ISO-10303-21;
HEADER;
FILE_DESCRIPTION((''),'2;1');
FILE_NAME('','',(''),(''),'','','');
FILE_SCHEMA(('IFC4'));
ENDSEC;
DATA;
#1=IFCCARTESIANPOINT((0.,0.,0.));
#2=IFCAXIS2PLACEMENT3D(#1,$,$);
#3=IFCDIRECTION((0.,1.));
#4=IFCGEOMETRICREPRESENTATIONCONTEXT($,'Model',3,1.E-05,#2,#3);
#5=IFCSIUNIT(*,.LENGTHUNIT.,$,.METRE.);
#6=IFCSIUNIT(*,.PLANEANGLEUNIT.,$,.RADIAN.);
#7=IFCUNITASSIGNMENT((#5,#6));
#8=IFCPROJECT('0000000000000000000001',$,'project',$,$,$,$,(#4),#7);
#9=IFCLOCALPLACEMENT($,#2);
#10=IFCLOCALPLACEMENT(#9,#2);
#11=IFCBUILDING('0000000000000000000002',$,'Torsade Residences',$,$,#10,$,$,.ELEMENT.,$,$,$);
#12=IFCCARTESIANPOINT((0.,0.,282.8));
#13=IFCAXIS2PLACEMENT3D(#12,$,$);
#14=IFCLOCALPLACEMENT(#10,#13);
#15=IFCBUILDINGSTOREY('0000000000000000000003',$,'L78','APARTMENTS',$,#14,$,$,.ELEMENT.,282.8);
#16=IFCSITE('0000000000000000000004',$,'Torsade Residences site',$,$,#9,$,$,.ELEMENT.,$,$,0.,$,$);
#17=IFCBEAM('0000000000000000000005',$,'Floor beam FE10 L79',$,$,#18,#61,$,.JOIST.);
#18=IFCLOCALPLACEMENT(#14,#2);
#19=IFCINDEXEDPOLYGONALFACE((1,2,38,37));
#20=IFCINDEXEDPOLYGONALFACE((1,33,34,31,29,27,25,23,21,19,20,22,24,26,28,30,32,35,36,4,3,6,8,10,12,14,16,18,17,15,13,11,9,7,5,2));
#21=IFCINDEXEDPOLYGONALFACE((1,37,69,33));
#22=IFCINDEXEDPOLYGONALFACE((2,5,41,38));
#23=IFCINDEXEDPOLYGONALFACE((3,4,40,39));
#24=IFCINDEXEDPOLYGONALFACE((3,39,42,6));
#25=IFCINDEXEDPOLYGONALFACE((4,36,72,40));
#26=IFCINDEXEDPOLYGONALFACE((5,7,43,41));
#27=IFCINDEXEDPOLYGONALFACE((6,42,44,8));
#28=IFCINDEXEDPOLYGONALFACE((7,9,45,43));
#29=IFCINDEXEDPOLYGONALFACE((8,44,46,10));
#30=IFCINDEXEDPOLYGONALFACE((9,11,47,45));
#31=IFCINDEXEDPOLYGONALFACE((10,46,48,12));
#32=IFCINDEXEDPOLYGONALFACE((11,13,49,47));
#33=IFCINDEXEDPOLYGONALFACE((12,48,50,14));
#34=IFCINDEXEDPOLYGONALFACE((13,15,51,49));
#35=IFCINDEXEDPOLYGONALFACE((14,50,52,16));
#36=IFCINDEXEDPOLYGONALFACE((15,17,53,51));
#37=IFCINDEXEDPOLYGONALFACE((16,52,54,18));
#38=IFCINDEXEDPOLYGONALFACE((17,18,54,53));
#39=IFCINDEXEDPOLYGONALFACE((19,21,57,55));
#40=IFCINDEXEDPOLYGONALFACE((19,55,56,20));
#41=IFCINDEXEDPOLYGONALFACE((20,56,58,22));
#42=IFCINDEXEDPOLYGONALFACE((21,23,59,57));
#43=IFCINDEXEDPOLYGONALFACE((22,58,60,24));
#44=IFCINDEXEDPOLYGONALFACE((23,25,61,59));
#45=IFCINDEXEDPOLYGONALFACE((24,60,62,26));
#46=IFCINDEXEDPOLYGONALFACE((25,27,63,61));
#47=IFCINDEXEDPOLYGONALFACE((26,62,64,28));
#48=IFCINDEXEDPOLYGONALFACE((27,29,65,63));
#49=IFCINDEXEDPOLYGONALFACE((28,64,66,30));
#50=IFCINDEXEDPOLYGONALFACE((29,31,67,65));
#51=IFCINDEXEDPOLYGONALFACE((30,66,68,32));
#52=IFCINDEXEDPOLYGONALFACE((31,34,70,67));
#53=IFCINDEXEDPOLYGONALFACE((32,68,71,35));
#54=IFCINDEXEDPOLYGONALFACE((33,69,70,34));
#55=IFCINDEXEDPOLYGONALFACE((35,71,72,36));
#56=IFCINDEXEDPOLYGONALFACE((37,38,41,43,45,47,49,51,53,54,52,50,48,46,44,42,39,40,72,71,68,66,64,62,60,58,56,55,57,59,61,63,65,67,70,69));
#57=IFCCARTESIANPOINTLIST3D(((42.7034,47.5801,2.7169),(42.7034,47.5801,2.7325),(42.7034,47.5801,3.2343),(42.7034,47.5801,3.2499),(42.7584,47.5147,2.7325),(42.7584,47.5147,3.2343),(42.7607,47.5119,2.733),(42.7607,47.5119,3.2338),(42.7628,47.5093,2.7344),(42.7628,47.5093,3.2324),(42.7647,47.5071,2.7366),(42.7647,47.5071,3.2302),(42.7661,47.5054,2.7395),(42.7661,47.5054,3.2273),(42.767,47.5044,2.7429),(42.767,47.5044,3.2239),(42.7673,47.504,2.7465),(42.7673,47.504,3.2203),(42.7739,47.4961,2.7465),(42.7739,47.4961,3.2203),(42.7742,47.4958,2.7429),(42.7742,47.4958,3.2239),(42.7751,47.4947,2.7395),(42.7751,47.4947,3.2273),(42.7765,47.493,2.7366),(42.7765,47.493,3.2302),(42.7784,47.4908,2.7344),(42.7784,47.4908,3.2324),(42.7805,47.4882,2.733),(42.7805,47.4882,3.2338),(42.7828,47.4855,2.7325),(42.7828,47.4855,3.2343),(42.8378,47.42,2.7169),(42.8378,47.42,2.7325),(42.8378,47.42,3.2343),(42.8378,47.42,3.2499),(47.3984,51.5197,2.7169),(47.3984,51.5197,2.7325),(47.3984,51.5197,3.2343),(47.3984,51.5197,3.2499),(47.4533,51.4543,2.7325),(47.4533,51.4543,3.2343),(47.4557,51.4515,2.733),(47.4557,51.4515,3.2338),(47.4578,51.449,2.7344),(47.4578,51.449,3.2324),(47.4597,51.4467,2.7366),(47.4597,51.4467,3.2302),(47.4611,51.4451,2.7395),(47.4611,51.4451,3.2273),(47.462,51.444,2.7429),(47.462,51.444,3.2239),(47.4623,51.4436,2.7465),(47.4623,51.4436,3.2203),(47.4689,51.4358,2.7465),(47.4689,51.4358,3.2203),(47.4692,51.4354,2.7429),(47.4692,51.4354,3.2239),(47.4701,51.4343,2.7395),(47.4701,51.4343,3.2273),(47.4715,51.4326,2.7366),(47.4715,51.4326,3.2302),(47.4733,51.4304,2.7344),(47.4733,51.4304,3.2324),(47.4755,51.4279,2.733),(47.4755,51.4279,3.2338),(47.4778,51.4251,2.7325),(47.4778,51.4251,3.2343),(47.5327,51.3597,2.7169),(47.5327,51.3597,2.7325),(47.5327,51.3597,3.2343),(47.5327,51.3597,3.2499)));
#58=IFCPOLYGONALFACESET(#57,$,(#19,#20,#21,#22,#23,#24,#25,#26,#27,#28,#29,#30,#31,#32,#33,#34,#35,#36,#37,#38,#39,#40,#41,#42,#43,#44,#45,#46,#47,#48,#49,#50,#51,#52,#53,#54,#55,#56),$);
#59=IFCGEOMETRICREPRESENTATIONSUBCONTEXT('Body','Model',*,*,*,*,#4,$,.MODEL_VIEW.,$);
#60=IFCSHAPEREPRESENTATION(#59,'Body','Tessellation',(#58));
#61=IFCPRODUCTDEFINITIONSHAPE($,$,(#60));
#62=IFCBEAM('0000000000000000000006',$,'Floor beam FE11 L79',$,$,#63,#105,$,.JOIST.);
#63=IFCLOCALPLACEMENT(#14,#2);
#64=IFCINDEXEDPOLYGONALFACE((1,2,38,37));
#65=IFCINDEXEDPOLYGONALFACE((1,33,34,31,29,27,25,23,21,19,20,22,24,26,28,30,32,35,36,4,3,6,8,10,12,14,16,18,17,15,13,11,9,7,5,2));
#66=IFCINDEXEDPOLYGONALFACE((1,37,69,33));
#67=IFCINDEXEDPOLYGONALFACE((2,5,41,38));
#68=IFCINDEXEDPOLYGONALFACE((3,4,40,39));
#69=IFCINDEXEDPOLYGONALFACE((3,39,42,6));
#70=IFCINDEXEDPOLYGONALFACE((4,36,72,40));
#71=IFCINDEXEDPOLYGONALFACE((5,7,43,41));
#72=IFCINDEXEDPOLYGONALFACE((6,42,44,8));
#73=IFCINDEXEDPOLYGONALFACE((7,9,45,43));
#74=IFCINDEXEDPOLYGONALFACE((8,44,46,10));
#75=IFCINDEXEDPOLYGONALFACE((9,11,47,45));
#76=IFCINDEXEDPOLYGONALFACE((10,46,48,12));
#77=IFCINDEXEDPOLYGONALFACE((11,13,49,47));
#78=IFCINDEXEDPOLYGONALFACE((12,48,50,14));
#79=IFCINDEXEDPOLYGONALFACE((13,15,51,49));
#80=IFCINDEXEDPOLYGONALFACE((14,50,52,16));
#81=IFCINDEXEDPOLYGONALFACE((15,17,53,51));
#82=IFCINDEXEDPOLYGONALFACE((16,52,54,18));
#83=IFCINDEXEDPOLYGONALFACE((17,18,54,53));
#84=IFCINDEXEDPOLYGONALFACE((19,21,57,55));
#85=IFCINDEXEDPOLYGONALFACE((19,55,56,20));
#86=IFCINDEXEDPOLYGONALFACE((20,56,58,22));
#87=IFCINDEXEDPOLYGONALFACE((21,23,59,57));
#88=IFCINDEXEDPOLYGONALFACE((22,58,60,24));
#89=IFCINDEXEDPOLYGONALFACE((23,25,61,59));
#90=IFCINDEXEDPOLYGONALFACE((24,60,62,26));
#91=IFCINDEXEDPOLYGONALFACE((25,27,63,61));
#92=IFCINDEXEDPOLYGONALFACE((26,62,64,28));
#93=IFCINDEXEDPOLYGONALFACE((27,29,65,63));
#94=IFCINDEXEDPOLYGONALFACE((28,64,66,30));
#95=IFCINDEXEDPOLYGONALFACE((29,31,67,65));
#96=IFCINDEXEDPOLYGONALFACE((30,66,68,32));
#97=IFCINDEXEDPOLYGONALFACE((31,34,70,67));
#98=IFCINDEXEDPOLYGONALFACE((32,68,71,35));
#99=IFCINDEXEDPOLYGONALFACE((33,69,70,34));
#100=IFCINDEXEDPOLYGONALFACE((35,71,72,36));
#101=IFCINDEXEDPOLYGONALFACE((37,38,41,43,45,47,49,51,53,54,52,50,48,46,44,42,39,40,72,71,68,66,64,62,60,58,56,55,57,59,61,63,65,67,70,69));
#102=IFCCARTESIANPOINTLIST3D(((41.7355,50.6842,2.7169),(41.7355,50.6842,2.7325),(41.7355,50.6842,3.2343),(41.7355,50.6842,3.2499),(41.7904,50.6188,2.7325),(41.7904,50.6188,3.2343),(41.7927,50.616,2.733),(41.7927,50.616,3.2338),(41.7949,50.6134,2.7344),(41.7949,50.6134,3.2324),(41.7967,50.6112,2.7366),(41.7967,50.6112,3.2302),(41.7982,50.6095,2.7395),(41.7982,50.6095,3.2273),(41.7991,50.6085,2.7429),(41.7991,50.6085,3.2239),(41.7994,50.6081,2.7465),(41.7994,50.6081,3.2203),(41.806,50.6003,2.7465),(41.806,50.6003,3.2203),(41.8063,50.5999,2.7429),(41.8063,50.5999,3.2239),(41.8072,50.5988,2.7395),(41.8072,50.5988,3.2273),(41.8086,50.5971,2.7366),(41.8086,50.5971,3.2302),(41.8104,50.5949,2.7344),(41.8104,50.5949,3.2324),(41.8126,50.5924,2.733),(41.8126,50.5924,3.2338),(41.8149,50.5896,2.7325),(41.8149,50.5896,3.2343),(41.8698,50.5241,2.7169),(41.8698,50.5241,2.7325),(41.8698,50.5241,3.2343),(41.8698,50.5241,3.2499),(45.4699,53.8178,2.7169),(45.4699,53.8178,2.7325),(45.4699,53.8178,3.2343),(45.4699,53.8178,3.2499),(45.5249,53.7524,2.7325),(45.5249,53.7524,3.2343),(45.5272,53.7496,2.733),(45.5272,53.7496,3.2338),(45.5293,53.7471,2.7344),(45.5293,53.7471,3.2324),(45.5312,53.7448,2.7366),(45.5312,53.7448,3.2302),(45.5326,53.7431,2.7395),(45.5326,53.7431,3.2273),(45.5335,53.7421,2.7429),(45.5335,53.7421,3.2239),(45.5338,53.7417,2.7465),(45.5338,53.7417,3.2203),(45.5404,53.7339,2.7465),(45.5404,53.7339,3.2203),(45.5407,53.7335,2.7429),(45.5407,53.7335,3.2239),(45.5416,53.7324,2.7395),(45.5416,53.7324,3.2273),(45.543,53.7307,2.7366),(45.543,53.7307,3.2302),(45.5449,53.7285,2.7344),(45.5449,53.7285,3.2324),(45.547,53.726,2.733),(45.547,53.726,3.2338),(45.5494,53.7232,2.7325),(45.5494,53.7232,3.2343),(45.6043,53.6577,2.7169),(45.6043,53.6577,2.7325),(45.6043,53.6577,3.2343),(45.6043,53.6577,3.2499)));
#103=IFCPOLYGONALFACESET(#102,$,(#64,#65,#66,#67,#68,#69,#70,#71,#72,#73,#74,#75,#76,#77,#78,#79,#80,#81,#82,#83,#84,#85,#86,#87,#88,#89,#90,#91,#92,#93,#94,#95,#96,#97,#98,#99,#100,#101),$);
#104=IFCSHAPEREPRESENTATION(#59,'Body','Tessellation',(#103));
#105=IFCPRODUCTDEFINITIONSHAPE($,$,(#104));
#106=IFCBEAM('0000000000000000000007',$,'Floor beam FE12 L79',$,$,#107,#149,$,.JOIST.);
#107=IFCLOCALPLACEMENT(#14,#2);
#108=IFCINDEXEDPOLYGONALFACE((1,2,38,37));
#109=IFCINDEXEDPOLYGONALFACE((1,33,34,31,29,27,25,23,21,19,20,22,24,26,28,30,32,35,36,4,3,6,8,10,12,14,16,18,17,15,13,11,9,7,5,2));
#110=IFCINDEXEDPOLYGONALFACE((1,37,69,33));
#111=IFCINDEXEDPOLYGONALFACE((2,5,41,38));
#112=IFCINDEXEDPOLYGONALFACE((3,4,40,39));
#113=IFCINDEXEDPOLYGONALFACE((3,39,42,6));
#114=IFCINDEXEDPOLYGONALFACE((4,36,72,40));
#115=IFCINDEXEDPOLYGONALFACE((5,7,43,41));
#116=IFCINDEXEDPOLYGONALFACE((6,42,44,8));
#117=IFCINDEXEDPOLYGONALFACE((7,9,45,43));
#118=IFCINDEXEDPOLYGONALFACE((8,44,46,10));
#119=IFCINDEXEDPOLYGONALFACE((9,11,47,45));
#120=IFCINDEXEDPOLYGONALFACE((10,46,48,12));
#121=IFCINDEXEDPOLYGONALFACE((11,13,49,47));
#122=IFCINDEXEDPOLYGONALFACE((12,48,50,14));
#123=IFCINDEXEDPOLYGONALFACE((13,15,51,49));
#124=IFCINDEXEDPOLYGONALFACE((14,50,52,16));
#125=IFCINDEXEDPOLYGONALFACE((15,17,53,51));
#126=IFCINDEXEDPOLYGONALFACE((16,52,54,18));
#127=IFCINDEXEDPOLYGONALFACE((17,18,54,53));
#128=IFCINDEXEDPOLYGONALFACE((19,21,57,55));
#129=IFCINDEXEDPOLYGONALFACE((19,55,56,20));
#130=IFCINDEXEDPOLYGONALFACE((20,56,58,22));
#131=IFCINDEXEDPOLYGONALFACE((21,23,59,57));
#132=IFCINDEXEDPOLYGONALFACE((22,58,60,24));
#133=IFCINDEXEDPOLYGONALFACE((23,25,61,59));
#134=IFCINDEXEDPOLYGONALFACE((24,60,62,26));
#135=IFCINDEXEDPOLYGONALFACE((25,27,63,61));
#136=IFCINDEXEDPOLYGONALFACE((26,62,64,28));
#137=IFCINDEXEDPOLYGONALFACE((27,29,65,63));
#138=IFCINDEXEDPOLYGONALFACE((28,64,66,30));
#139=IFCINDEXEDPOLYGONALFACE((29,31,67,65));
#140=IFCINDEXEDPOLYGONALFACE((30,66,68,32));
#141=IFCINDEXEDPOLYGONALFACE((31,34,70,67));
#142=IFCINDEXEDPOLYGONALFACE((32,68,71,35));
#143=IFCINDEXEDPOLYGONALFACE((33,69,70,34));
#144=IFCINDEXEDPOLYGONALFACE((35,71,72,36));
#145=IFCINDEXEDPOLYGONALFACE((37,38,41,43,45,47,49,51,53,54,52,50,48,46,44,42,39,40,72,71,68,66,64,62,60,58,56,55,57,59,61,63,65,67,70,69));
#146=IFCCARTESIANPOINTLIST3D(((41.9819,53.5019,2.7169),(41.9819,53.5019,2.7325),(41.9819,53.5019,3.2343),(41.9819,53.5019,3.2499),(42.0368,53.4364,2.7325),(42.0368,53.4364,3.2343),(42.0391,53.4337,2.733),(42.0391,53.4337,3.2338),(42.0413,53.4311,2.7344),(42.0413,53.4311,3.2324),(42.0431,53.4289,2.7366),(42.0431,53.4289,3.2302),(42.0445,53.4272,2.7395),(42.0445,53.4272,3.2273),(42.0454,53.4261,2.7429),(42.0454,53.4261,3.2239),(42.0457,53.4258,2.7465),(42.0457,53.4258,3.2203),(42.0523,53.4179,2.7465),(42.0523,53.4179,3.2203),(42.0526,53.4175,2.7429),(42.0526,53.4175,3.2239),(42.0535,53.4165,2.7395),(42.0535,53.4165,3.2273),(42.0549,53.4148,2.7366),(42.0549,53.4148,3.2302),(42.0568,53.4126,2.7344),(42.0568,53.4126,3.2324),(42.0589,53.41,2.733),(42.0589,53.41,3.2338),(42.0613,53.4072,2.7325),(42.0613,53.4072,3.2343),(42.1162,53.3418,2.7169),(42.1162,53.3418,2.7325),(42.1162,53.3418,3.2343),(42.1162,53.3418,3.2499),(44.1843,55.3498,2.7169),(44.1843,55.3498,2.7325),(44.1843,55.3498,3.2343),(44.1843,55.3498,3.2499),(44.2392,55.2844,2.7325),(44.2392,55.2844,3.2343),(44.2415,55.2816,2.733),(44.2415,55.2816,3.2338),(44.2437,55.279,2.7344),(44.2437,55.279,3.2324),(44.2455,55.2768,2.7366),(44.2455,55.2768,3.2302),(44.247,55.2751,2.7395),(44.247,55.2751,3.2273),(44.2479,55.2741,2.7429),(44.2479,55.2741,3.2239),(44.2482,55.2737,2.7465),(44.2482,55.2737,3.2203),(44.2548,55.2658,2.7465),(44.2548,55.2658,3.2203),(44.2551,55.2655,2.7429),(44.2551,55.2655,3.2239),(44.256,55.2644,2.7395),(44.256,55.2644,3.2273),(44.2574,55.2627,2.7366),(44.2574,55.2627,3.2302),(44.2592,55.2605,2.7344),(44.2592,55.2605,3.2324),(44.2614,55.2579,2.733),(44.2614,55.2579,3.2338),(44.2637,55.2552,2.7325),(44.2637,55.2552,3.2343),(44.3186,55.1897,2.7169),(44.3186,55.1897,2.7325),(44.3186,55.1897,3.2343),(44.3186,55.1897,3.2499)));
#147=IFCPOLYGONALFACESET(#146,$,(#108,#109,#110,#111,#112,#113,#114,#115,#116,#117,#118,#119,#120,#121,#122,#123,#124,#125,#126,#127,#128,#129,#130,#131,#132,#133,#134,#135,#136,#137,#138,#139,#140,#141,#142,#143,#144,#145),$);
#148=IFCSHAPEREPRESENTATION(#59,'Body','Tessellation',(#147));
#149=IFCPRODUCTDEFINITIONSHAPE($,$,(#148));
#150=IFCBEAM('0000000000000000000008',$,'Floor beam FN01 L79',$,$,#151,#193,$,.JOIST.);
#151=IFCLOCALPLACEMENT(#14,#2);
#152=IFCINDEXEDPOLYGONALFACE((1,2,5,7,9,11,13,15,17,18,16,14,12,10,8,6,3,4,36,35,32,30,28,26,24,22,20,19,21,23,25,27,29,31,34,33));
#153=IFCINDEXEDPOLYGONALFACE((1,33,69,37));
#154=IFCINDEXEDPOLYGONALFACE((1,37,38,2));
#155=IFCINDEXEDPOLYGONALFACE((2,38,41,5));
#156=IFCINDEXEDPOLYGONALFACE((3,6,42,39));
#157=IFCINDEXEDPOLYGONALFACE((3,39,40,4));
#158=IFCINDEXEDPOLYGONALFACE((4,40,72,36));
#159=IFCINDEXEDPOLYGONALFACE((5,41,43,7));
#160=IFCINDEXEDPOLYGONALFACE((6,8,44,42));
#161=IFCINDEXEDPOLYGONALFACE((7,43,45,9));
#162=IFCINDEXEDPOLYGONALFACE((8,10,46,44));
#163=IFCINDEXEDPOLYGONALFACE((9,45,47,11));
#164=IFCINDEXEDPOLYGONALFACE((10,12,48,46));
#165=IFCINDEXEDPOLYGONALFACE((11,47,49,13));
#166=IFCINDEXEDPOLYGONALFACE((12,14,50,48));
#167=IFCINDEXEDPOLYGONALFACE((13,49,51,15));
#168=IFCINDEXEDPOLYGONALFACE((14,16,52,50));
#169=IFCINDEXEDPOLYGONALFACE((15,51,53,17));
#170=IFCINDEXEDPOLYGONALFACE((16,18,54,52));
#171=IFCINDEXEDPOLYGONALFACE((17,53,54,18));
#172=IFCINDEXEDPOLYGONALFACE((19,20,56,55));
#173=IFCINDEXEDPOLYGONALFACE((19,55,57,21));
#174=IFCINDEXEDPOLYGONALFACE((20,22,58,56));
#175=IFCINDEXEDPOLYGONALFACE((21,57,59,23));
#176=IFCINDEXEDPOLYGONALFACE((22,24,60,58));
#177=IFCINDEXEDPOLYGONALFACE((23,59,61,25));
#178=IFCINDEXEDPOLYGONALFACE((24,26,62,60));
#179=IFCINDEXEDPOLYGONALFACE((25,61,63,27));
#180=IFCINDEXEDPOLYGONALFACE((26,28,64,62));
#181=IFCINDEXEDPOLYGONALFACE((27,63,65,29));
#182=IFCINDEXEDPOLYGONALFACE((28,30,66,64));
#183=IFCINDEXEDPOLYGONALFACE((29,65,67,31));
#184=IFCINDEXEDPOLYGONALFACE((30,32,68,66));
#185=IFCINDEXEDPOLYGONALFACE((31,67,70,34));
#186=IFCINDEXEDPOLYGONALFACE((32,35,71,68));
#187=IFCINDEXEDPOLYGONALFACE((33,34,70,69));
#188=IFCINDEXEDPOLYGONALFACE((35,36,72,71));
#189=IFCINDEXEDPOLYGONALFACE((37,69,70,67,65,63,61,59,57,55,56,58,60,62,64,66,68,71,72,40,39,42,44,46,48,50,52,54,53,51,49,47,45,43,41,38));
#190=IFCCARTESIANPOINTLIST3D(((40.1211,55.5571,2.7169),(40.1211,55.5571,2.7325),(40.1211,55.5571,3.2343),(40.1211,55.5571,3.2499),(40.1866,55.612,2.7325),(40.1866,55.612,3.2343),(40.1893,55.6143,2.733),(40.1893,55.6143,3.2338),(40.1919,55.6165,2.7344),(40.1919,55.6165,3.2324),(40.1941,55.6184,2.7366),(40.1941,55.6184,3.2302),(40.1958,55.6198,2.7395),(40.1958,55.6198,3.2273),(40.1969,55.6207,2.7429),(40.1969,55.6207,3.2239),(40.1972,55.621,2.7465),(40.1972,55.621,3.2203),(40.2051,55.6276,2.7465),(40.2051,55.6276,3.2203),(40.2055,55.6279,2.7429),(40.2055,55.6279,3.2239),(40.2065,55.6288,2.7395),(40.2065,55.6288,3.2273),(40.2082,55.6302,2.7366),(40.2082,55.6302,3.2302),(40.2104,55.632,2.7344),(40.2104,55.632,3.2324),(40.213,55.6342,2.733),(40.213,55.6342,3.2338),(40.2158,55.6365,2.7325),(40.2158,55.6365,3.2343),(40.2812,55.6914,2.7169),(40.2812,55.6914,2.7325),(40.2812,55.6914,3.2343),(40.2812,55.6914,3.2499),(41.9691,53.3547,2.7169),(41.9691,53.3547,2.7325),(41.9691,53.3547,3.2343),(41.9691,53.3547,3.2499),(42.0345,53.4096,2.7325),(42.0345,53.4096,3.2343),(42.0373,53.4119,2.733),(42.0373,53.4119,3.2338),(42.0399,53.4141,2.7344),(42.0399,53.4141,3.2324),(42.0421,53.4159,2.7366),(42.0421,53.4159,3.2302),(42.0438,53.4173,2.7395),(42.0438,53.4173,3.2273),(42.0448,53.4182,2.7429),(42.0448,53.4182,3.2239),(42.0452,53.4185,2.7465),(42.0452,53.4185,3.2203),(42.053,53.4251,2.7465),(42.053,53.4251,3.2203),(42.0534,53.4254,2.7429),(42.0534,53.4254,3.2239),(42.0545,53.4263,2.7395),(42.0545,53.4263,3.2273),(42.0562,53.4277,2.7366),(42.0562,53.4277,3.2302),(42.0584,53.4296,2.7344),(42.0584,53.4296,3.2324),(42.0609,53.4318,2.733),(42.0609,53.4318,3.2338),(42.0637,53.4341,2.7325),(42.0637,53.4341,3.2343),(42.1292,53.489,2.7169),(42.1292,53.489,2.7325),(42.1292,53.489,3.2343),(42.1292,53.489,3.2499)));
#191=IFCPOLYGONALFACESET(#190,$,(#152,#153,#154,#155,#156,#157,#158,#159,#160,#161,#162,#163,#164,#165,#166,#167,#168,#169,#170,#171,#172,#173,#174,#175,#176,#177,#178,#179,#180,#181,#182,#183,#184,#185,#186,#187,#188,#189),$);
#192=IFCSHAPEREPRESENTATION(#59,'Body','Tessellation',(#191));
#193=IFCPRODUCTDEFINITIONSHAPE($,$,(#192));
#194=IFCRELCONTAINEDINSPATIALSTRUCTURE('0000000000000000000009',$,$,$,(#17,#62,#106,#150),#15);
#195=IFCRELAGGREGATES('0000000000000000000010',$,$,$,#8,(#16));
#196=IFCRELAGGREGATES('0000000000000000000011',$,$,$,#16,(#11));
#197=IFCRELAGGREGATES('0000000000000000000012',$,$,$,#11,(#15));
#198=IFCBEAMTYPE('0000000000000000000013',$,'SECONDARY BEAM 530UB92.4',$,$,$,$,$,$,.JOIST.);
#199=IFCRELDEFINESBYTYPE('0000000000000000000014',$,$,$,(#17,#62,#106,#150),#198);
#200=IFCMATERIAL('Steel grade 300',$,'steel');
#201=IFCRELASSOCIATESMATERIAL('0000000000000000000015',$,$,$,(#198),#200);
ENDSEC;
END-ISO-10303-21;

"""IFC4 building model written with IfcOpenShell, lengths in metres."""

from ifc_helpers import new_model, si_unit, direction, frame, origin, origin_2d, place, context, subcontext, project, spatial, i_section, extrude, material, material_profile, profile_set, type_object, element, save


model = new_model("IFC4")

# Units and contexts
model_context = context("Model", 3, precision=1e-05, world=origin(), true_north=direction((0.0, 1.0)))
body_context = subcontext(model_context, "Body", "Model", "MODEL_VIEW")
ifc_project = project(units=[si_unit("LENGTHUNIT", "METRE"), si_unit("PLANEANGLEUNIT", "RADIAN")], contexts=[model_context])

# Site, building, storey
site_placement = place(None, origin())
site = spatial("IfcSite", under=ifc_project, at=site_placement, Name="Torsade Residences site", CompositionType="ELEMENT", RefElevation=0.0)
building_placement = place(site_placement, origin())
building = spatial("IfcBuilding", under=site, at=building_placement, Name="Torsade Residences", CompositionType="ELEMENT")
storey_placement = place(building_placement, frame((0.0, 0.0, 282.8)))
storey = spatial("IfcBuildingStorey", under=building, at=storey_placement, Name="L78", Description="APARTMENTS", CompositionType="ELEMENT", Elevation=282.8)

# Beams
ifc_material_1 = material(Name="Steel grade 300", Category="steel")
ifc_material_profile_1 = material_profile(ifc_material_1, i_section(OverallWidth=0.209, OverallDepth=0.533, WebThickness=0.0103, FlangeThickness=0.0156, FilletRadius=0.0139, at=origin_2d()), Name="530UB92.4")
ifc_profile_set_1 = profile_set([ifc_material_profile_1], Name="Steel grade 300")
beam_type_1 = type_object("IfcBeamType", Name="SECONDARY BEAM 530UB92.4", PredefinedType="JOIST", material=ifc_profile_set_1)
beam_1_placement = place(storey_placement, frame((47.4656, 51.4397, 2.9834), z_axis=(-0.766039, -0.642794, 0.0), x_axis=(0.642794, -0.766039, 0.0)))
element("IfcBeam", 1, at=beam_1_placement, inside=storey, type_object=beam_type_1, Name="Floor beam FE10 L79", PredefinedType="JOIST", context=body_context, shape_type="SweptSolid", body=[
    extrude(i_section(OverallWidth=0.209, OverallDepth=0.533, WebThickness=0.0103, FlangeThickness=0.0156, FilletRadius=0.0139, at=origin_2d()), origin(), (0.0, 0.0, 1.0), 6.1289),
])
beam_2_placement = place(storey_placement, frame((45.5371, 53.7378, 2.9834), z_axis=(-0.766041, -0.642791, 0.0), x_axis=(0.642791, -0.766041, 0.0)))
element("IfcBeam", 2, at=beam_2_placement, inside=storey, type_object=beam_type_1, Name="Floor beam FE11 L79", PredefinedType="JOIST", context=body_context, shape_type="SweptSolid", body=[
    extrude(i_section(OverallWidth=0.209, OverallDepth=0.533, WebThickness=0.0103, FlangeThickness=0.0156, FilletRadius=0.0139, at=origin_2d()), origin(), (0.0, 0.0, 1.0), 4.875),
])
for number, where, z_axis, x_axis, name in (
    (3, (44.2515, 55.2698, 2.9834), (-0.766066, -0.642762, 0.0), (0.642762, -0.766066, 0.0), "Floor beam FE12 L79"),
    (4, (40.2012, 55.6243, 2.9834), (0.642762, -0.766066, 0.0), (0.766066, 0.642762, 0.0), "Floor beam FN01 L79"),
):
    element("IfcBeam", number, at=place(storey_placement, frame(where, z_axis=z_axis, x_axis=x_axis)), inside=storey, type_object=beam_type_1, Name=name, PredefinedType="JOIST", context=body_context, shape_type="SweptSolid", body=[
        extrude(i_section(OverallWidth=0.209, OverallDepth=0.533, WebThickness=0.0103, FlangeThickness=0.0156, FilletRadius=0.0139, at=origin_2d()), origin(), (0.0, 0.0, 1.0), 2.875),
    ])

save(model, "model.ifc")
